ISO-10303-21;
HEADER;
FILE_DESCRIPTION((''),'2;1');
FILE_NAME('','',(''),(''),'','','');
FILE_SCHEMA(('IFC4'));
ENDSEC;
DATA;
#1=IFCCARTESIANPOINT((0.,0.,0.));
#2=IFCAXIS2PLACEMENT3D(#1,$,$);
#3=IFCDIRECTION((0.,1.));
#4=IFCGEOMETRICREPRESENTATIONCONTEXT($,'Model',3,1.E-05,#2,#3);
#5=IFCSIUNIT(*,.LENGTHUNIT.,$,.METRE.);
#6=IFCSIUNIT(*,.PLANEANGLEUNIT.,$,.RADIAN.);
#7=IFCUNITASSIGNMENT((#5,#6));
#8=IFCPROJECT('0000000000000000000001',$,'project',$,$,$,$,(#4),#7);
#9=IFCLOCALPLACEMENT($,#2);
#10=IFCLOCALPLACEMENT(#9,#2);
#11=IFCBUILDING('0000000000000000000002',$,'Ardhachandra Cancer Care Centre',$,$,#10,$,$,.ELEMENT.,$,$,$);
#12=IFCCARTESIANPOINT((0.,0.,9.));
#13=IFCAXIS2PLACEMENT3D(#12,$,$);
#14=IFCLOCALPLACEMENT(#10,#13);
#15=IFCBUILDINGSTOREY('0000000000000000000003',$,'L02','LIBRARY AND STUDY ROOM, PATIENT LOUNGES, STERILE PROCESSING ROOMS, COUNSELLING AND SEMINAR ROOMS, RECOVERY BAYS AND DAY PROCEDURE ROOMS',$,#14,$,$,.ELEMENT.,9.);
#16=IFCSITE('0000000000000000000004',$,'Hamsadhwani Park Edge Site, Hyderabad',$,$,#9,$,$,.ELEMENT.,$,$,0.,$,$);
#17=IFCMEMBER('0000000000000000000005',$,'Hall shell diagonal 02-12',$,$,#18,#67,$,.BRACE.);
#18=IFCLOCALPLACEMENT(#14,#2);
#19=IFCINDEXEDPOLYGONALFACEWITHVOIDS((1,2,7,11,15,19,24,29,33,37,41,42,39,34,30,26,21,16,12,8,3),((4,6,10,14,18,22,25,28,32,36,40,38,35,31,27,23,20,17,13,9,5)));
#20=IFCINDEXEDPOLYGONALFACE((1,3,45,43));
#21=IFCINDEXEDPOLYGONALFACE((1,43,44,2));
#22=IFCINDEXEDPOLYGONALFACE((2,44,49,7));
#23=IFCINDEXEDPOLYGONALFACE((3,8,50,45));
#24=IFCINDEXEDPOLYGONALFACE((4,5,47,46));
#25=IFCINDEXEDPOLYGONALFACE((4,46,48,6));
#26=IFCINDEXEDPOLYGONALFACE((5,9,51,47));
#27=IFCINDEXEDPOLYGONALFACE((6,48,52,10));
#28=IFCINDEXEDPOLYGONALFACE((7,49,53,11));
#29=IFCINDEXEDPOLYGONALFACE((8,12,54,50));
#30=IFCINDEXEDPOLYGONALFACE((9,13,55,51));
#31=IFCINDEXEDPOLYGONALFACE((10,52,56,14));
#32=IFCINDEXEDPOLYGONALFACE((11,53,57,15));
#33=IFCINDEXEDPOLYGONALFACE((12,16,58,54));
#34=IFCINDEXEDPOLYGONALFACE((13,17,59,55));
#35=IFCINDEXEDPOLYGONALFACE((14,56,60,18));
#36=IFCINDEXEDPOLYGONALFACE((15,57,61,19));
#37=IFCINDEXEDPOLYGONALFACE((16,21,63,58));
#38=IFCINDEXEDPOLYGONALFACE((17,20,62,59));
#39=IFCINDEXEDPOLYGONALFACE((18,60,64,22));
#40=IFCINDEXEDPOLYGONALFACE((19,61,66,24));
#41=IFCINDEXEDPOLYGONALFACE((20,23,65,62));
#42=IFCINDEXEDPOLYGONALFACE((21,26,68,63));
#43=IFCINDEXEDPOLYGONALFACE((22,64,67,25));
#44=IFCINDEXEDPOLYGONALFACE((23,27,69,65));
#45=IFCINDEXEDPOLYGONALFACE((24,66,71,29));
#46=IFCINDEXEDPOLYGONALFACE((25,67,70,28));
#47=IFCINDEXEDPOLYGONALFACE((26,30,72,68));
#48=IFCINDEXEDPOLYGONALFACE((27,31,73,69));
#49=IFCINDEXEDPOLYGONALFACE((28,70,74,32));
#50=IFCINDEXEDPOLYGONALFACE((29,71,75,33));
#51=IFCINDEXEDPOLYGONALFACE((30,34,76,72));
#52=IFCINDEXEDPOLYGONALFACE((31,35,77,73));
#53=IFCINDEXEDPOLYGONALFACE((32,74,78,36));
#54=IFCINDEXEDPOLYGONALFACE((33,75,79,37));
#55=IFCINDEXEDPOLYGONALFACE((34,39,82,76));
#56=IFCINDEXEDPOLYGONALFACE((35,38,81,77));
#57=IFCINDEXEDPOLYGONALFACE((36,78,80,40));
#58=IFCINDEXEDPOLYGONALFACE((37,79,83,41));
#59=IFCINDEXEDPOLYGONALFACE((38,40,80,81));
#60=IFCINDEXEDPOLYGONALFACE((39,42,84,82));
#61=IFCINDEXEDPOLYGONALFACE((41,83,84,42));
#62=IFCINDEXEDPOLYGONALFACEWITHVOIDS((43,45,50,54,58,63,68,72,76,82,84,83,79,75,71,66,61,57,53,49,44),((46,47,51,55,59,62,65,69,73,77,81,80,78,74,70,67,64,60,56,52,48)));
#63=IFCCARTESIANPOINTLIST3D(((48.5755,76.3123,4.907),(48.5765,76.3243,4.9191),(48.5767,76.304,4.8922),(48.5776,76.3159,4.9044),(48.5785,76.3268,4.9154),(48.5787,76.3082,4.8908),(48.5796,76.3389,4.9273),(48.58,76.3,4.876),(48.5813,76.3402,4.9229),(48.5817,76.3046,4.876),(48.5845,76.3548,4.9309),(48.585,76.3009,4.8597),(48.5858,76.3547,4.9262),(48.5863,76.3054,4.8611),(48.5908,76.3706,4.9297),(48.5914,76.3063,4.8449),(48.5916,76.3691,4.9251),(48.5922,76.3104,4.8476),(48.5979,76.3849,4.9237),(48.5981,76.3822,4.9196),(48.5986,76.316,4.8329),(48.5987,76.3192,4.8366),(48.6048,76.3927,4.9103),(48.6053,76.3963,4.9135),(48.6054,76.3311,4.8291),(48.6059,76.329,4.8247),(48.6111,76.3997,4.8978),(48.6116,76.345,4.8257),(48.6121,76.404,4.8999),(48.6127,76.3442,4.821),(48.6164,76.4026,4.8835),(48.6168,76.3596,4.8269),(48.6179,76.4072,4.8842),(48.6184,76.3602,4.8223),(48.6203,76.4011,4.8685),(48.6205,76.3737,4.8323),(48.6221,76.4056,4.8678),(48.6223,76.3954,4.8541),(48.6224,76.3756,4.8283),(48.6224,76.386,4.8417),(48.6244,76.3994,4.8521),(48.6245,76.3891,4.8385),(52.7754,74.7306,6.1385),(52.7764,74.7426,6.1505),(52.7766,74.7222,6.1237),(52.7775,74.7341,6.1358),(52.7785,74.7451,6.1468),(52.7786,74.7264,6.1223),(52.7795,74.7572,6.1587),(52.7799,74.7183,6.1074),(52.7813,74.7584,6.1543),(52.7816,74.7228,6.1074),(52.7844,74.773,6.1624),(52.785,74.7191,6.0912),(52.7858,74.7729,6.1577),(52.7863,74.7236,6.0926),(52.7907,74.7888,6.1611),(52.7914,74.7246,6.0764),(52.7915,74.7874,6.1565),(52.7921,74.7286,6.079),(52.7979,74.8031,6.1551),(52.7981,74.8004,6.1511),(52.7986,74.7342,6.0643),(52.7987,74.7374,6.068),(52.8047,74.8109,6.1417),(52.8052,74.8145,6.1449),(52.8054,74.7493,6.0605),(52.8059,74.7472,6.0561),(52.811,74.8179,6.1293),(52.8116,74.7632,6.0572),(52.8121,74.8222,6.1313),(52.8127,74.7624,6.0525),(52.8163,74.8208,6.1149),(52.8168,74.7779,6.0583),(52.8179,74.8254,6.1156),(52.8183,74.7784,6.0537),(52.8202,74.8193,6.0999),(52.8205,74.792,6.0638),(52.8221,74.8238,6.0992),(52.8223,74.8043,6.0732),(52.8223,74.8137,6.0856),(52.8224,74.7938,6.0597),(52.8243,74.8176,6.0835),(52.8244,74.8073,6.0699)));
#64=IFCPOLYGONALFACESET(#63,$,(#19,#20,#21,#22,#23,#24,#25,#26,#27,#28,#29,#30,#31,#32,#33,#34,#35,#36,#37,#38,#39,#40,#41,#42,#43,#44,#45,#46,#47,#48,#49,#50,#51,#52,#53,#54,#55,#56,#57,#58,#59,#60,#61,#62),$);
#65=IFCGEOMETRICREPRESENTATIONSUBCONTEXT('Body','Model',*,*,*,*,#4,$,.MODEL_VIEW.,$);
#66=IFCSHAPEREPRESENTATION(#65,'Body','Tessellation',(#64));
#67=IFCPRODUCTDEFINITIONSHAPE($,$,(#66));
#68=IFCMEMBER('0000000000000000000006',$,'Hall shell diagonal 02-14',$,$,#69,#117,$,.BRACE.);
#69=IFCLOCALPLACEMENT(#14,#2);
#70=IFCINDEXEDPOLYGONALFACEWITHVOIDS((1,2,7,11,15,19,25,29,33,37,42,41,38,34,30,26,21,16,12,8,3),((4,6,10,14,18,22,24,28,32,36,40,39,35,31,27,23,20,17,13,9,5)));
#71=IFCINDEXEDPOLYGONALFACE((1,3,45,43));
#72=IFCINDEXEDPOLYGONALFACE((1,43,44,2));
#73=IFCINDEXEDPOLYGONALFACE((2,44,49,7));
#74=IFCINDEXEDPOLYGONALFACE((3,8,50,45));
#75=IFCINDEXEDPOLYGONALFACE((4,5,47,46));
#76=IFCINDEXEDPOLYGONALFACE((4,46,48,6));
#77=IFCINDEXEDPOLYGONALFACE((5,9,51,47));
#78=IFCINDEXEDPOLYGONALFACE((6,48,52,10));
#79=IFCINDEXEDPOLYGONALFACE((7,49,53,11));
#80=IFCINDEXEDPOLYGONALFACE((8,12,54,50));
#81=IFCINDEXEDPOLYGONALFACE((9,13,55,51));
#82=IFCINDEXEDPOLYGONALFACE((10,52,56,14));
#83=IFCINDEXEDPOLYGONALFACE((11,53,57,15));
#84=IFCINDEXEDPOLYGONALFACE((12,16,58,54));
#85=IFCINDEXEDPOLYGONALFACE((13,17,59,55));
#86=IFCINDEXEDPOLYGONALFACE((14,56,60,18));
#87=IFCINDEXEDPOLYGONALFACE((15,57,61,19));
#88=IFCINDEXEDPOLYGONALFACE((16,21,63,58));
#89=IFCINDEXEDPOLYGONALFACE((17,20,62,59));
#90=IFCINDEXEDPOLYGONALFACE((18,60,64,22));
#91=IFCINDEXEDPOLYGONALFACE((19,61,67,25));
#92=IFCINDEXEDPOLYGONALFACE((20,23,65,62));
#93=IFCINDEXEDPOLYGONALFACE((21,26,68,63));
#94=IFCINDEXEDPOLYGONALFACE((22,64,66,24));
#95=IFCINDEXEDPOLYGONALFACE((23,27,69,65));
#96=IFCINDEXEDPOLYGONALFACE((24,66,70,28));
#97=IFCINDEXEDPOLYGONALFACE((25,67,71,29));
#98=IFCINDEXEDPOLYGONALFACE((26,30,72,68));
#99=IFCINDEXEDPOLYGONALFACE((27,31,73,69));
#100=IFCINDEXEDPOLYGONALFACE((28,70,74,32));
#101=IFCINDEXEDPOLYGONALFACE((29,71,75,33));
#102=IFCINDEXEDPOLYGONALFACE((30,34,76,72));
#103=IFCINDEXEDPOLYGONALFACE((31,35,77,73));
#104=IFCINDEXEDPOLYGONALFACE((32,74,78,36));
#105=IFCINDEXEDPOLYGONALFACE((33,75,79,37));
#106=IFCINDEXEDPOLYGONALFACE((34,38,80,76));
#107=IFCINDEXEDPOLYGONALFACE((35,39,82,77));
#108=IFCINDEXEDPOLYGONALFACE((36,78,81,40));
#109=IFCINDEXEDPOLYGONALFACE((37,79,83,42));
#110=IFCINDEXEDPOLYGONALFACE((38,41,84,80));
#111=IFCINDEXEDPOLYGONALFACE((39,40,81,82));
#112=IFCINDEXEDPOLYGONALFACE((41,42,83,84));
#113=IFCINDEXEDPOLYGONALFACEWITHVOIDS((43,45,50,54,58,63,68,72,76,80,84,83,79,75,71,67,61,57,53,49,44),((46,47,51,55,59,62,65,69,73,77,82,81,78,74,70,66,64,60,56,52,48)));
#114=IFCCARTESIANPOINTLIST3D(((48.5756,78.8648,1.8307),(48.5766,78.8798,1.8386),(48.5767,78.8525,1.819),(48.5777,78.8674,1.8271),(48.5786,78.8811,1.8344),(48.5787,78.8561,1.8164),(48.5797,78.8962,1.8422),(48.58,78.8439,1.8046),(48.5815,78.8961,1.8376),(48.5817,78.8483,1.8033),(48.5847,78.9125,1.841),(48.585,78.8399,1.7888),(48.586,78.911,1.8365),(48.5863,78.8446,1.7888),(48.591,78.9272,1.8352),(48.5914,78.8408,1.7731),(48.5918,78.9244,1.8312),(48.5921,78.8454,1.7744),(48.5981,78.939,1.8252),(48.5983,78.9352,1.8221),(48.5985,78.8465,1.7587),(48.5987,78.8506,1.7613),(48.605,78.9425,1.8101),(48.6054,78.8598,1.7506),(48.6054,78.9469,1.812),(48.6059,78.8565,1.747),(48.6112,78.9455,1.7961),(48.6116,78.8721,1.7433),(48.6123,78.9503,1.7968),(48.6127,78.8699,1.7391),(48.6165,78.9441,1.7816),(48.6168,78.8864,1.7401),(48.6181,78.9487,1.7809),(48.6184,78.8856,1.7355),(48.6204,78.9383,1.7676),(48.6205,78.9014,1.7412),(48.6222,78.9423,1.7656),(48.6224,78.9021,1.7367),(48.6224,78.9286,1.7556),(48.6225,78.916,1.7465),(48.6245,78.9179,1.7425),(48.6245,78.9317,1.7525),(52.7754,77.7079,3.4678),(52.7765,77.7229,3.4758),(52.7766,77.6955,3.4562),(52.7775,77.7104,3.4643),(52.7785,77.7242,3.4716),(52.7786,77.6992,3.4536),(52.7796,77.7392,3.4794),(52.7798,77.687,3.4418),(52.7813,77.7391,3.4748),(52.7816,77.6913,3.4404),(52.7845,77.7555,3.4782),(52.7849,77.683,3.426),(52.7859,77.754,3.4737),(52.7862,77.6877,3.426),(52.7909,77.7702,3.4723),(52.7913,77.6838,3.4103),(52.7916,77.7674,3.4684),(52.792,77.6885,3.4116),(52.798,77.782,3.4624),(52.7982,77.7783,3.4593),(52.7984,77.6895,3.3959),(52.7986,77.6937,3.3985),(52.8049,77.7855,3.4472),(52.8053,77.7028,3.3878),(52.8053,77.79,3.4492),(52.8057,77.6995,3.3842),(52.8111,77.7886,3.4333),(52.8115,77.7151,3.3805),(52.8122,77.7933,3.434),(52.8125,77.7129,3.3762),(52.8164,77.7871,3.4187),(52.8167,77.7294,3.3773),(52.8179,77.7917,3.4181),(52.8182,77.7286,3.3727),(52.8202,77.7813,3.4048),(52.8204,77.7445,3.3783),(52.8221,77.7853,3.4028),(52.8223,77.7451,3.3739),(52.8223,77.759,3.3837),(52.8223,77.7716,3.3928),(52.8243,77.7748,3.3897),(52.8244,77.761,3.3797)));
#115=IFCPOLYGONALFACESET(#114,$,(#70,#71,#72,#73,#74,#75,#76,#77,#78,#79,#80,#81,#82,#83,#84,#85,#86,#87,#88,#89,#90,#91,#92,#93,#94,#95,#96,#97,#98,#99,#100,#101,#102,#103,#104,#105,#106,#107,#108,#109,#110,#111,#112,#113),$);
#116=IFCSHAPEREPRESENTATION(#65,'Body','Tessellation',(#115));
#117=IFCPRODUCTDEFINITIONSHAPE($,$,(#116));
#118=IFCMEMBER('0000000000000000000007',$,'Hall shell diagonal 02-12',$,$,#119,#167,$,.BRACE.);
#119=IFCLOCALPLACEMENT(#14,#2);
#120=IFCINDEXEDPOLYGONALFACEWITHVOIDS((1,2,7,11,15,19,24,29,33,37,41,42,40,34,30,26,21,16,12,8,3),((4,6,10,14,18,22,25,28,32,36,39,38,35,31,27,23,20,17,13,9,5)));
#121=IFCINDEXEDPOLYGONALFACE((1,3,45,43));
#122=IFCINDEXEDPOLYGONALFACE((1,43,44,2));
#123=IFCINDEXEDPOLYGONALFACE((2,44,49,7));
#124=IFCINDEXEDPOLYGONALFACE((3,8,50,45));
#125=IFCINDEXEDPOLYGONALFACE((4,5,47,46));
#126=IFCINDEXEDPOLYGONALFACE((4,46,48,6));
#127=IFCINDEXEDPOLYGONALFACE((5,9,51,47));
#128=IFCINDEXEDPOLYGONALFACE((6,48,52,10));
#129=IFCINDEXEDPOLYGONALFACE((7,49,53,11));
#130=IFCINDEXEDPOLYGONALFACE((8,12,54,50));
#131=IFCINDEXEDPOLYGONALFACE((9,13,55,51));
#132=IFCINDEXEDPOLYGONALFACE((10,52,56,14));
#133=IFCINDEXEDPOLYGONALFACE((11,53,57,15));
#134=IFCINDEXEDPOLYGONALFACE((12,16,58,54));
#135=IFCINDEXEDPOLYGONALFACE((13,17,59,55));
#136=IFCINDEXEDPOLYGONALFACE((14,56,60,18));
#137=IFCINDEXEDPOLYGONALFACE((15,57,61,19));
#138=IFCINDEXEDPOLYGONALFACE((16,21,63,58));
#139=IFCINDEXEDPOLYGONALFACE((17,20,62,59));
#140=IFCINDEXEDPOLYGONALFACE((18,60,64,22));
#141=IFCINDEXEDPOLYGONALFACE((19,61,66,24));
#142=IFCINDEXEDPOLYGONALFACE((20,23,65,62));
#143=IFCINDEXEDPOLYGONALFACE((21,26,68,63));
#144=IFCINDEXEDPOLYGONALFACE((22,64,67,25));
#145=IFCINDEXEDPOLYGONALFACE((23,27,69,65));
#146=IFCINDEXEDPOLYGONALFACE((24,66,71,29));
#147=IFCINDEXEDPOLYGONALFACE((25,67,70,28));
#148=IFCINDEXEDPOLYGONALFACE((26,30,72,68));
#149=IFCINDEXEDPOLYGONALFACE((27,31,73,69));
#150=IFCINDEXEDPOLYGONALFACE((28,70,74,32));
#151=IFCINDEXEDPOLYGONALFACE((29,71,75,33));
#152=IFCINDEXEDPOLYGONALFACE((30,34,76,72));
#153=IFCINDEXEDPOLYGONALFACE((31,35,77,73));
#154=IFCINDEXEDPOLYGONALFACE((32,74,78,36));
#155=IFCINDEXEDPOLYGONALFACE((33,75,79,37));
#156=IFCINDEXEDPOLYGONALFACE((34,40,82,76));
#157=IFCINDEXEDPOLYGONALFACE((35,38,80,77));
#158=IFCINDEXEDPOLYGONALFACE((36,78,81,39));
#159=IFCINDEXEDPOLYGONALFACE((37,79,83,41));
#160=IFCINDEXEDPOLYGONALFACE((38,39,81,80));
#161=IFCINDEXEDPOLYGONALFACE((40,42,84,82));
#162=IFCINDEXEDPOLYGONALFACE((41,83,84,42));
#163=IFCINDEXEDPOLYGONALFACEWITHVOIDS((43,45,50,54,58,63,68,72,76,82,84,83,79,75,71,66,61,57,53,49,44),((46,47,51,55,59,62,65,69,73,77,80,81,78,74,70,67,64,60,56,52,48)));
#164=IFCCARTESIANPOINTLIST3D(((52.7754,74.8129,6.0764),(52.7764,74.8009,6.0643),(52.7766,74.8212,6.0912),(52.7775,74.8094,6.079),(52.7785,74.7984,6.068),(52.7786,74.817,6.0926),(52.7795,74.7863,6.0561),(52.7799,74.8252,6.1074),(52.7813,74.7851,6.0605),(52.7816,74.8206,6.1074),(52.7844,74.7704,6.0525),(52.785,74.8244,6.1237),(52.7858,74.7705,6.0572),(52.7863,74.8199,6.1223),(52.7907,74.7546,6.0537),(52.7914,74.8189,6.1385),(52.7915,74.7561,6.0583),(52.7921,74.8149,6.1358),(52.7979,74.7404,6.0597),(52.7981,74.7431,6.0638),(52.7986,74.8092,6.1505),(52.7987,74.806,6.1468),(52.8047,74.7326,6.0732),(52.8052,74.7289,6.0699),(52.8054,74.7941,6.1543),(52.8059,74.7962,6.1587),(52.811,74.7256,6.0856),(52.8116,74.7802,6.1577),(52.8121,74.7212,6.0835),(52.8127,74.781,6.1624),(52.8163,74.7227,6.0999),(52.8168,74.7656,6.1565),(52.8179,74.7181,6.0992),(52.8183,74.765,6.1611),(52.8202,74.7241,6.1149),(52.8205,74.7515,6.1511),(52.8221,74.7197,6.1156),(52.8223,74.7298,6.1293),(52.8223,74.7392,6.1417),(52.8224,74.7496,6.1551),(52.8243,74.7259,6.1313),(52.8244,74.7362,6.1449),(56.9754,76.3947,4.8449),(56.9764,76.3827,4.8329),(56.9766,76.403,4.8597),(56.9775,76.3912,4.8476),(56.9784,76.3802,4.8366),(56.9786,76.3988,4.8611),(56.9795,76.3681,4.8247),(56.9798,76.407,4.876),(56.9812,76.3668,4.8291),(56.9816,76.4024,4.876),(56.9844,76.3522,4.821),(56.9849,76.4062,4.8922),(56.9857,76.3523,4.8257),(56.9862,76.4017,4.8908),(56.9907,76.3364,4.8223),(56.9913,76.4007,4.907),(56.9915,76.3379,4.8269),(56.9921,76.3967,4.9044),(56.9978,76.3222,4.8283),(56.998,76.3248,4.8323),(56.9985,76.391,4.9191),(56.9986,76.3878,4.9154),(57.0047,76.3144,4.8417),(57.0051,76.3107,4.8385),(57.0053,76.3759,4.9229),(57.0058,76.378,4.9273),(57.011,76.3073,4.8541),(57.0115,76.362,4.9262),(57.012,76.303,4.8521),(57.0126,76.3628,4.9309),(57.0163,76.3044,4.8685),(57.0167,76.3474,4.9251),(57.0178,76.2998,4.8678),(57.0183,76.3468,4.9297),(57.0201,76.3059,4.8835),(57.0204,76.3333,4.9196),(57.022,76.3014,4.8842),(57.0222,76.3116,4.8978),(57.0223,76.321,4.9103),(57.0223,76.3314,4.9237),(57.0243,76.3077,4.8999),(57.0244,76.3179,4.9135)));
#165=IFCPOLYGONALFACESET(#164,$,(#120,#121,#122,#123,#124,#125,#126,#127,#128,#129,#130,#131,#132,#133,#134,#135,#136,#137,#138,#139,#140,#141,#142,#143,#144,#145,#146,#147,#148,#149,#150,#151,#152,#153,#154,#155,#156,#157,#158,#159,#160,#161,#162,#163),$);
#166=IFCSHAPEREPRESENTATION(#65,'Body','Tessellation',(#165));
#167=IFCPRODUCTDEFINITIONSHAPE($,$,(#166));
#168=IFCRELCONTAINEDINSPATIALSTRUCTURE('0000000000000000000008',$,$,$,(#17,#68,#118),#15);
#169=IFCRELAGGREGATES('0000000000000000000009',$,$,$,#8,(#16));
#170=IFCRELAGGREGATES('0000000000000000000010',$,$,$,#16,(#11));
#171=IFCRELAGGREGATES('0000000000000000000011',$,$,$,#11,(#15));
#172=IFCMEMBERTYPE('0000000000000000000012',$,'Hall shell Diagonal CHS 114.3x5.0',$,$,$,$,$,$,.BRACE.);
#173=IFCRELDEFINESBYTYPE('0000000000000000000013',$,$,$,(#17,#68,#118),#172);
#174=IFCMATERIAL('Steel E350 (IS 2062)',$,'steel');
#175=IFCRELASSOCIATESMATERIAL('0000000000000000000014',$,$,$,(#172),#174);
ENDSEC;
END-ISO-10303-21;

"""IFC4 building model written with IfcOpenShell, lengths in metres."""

from ifc_helpers import new_model, si_unit, direction, frame, origin, origin_2d, place, context, subcontext, project, spatial, hollow_circle, extrude, material, material_profile, profile_set, type_object, element, save


model = new_model("IFC4")

# Units and contexts
model_context = context("Model", 3, precision=1e-05, world=origin(), true_north=direction((0.0, 1.0)))
body_context = subcontext(model_context, "Body", "Model", "MODEL_VIEW")
ifc_project = project(units=[si_unit("LENGTHUNIT", "METRE"), si_unit("PLANEANGLEUNIT", "RADIAN")], contexts=[model_context])

# Site, building, storey
site_placement = place(None, origin())
site = spatial("IfcSite", under=ifc_project, at=site_placement, Name="Hamsadhwani Park Edge Site, Hyderabad", CompositionType="ELEMENT", RefElevation=0.0)
building_placement = place(site_placement, origin())
building = spatial("IfcBuilding", under=site, at=building_placement, Name="Ardhachandra Cancer Care Centre", CompositionType="ELEMENT")
storey_placement = place(building_placement, frame((0.0, 0.0, 9.0)))
storey = spatial("IfcBuildingStorey", under=building, at=storey_placement, Name="L02", Description="LIBRARY AND STUDY ROOM, PATIENT LOUNGES, STERILE PROCESSING ROOMS, COUNSELLING AND SEMINAR ROOMS, RECOVERY BAYS AND DAY PROCEDURE ROOMS", CompositionType="ELEMENT", Elevation=9.0)

# Members
ifc_material_1 = material(Name="Steel E350 (IS 2062)", Category="steel")
ifc_material_profile_1 = material_profile(ifc_material_1, hollow_circle(Radius=0.0571, WallThickness=0.0049, at=origin_2d()), Name="CHS 114.3x5.0")
ifc_profile_set_1 = profile_set([ifc_material_profile_1], Name="Steel E350 (IS 2062)")
member_type_1 = type_object("IfcMemberType", Name="Hall shell Diagonal CHS 114.3x5.0", PredefinedType="BRACE", material=ifc_profile_set_1)
for number, where, z_axis, x_axis, name in (
    (1, (52.8, 74.7717, 6.1074), (-0.902473, 0.33989, -0.264609), (-0.352453, -0.93583, 0.0), "Hall shell diagonal 02-12"),
    (2, (52.8, 77.738, 3.426), (-0.902461, 0.248606, -0.351794), (-0.265582, -0.964088, 0.0), "Hall shell diagonal 02-14"),
    (3, (52.8, 74.7717, 6.1074), (0.902473, 0.33989, -0.264609), (-0.352453, 0.93583, 0.0), "Hall shell diagonal 02-12"),
):
    element("IfcMember", number, at=place(storey_placement, frame(where, z_axis=z_axis, x_axis=x_axis)), inside=storey, type_object=member_type_1, Name=name, PredefinedType="BRACE", context=body_context, shape_type="SweptSolid", body=[
        extrude(hollow_circle(Radius=0.0571, WallThickness=0.0049, at=origin_2d()), origin(), (0.0, 0.0, 1.0), 4.6538),
    ])

save(model, "model.ifc")
